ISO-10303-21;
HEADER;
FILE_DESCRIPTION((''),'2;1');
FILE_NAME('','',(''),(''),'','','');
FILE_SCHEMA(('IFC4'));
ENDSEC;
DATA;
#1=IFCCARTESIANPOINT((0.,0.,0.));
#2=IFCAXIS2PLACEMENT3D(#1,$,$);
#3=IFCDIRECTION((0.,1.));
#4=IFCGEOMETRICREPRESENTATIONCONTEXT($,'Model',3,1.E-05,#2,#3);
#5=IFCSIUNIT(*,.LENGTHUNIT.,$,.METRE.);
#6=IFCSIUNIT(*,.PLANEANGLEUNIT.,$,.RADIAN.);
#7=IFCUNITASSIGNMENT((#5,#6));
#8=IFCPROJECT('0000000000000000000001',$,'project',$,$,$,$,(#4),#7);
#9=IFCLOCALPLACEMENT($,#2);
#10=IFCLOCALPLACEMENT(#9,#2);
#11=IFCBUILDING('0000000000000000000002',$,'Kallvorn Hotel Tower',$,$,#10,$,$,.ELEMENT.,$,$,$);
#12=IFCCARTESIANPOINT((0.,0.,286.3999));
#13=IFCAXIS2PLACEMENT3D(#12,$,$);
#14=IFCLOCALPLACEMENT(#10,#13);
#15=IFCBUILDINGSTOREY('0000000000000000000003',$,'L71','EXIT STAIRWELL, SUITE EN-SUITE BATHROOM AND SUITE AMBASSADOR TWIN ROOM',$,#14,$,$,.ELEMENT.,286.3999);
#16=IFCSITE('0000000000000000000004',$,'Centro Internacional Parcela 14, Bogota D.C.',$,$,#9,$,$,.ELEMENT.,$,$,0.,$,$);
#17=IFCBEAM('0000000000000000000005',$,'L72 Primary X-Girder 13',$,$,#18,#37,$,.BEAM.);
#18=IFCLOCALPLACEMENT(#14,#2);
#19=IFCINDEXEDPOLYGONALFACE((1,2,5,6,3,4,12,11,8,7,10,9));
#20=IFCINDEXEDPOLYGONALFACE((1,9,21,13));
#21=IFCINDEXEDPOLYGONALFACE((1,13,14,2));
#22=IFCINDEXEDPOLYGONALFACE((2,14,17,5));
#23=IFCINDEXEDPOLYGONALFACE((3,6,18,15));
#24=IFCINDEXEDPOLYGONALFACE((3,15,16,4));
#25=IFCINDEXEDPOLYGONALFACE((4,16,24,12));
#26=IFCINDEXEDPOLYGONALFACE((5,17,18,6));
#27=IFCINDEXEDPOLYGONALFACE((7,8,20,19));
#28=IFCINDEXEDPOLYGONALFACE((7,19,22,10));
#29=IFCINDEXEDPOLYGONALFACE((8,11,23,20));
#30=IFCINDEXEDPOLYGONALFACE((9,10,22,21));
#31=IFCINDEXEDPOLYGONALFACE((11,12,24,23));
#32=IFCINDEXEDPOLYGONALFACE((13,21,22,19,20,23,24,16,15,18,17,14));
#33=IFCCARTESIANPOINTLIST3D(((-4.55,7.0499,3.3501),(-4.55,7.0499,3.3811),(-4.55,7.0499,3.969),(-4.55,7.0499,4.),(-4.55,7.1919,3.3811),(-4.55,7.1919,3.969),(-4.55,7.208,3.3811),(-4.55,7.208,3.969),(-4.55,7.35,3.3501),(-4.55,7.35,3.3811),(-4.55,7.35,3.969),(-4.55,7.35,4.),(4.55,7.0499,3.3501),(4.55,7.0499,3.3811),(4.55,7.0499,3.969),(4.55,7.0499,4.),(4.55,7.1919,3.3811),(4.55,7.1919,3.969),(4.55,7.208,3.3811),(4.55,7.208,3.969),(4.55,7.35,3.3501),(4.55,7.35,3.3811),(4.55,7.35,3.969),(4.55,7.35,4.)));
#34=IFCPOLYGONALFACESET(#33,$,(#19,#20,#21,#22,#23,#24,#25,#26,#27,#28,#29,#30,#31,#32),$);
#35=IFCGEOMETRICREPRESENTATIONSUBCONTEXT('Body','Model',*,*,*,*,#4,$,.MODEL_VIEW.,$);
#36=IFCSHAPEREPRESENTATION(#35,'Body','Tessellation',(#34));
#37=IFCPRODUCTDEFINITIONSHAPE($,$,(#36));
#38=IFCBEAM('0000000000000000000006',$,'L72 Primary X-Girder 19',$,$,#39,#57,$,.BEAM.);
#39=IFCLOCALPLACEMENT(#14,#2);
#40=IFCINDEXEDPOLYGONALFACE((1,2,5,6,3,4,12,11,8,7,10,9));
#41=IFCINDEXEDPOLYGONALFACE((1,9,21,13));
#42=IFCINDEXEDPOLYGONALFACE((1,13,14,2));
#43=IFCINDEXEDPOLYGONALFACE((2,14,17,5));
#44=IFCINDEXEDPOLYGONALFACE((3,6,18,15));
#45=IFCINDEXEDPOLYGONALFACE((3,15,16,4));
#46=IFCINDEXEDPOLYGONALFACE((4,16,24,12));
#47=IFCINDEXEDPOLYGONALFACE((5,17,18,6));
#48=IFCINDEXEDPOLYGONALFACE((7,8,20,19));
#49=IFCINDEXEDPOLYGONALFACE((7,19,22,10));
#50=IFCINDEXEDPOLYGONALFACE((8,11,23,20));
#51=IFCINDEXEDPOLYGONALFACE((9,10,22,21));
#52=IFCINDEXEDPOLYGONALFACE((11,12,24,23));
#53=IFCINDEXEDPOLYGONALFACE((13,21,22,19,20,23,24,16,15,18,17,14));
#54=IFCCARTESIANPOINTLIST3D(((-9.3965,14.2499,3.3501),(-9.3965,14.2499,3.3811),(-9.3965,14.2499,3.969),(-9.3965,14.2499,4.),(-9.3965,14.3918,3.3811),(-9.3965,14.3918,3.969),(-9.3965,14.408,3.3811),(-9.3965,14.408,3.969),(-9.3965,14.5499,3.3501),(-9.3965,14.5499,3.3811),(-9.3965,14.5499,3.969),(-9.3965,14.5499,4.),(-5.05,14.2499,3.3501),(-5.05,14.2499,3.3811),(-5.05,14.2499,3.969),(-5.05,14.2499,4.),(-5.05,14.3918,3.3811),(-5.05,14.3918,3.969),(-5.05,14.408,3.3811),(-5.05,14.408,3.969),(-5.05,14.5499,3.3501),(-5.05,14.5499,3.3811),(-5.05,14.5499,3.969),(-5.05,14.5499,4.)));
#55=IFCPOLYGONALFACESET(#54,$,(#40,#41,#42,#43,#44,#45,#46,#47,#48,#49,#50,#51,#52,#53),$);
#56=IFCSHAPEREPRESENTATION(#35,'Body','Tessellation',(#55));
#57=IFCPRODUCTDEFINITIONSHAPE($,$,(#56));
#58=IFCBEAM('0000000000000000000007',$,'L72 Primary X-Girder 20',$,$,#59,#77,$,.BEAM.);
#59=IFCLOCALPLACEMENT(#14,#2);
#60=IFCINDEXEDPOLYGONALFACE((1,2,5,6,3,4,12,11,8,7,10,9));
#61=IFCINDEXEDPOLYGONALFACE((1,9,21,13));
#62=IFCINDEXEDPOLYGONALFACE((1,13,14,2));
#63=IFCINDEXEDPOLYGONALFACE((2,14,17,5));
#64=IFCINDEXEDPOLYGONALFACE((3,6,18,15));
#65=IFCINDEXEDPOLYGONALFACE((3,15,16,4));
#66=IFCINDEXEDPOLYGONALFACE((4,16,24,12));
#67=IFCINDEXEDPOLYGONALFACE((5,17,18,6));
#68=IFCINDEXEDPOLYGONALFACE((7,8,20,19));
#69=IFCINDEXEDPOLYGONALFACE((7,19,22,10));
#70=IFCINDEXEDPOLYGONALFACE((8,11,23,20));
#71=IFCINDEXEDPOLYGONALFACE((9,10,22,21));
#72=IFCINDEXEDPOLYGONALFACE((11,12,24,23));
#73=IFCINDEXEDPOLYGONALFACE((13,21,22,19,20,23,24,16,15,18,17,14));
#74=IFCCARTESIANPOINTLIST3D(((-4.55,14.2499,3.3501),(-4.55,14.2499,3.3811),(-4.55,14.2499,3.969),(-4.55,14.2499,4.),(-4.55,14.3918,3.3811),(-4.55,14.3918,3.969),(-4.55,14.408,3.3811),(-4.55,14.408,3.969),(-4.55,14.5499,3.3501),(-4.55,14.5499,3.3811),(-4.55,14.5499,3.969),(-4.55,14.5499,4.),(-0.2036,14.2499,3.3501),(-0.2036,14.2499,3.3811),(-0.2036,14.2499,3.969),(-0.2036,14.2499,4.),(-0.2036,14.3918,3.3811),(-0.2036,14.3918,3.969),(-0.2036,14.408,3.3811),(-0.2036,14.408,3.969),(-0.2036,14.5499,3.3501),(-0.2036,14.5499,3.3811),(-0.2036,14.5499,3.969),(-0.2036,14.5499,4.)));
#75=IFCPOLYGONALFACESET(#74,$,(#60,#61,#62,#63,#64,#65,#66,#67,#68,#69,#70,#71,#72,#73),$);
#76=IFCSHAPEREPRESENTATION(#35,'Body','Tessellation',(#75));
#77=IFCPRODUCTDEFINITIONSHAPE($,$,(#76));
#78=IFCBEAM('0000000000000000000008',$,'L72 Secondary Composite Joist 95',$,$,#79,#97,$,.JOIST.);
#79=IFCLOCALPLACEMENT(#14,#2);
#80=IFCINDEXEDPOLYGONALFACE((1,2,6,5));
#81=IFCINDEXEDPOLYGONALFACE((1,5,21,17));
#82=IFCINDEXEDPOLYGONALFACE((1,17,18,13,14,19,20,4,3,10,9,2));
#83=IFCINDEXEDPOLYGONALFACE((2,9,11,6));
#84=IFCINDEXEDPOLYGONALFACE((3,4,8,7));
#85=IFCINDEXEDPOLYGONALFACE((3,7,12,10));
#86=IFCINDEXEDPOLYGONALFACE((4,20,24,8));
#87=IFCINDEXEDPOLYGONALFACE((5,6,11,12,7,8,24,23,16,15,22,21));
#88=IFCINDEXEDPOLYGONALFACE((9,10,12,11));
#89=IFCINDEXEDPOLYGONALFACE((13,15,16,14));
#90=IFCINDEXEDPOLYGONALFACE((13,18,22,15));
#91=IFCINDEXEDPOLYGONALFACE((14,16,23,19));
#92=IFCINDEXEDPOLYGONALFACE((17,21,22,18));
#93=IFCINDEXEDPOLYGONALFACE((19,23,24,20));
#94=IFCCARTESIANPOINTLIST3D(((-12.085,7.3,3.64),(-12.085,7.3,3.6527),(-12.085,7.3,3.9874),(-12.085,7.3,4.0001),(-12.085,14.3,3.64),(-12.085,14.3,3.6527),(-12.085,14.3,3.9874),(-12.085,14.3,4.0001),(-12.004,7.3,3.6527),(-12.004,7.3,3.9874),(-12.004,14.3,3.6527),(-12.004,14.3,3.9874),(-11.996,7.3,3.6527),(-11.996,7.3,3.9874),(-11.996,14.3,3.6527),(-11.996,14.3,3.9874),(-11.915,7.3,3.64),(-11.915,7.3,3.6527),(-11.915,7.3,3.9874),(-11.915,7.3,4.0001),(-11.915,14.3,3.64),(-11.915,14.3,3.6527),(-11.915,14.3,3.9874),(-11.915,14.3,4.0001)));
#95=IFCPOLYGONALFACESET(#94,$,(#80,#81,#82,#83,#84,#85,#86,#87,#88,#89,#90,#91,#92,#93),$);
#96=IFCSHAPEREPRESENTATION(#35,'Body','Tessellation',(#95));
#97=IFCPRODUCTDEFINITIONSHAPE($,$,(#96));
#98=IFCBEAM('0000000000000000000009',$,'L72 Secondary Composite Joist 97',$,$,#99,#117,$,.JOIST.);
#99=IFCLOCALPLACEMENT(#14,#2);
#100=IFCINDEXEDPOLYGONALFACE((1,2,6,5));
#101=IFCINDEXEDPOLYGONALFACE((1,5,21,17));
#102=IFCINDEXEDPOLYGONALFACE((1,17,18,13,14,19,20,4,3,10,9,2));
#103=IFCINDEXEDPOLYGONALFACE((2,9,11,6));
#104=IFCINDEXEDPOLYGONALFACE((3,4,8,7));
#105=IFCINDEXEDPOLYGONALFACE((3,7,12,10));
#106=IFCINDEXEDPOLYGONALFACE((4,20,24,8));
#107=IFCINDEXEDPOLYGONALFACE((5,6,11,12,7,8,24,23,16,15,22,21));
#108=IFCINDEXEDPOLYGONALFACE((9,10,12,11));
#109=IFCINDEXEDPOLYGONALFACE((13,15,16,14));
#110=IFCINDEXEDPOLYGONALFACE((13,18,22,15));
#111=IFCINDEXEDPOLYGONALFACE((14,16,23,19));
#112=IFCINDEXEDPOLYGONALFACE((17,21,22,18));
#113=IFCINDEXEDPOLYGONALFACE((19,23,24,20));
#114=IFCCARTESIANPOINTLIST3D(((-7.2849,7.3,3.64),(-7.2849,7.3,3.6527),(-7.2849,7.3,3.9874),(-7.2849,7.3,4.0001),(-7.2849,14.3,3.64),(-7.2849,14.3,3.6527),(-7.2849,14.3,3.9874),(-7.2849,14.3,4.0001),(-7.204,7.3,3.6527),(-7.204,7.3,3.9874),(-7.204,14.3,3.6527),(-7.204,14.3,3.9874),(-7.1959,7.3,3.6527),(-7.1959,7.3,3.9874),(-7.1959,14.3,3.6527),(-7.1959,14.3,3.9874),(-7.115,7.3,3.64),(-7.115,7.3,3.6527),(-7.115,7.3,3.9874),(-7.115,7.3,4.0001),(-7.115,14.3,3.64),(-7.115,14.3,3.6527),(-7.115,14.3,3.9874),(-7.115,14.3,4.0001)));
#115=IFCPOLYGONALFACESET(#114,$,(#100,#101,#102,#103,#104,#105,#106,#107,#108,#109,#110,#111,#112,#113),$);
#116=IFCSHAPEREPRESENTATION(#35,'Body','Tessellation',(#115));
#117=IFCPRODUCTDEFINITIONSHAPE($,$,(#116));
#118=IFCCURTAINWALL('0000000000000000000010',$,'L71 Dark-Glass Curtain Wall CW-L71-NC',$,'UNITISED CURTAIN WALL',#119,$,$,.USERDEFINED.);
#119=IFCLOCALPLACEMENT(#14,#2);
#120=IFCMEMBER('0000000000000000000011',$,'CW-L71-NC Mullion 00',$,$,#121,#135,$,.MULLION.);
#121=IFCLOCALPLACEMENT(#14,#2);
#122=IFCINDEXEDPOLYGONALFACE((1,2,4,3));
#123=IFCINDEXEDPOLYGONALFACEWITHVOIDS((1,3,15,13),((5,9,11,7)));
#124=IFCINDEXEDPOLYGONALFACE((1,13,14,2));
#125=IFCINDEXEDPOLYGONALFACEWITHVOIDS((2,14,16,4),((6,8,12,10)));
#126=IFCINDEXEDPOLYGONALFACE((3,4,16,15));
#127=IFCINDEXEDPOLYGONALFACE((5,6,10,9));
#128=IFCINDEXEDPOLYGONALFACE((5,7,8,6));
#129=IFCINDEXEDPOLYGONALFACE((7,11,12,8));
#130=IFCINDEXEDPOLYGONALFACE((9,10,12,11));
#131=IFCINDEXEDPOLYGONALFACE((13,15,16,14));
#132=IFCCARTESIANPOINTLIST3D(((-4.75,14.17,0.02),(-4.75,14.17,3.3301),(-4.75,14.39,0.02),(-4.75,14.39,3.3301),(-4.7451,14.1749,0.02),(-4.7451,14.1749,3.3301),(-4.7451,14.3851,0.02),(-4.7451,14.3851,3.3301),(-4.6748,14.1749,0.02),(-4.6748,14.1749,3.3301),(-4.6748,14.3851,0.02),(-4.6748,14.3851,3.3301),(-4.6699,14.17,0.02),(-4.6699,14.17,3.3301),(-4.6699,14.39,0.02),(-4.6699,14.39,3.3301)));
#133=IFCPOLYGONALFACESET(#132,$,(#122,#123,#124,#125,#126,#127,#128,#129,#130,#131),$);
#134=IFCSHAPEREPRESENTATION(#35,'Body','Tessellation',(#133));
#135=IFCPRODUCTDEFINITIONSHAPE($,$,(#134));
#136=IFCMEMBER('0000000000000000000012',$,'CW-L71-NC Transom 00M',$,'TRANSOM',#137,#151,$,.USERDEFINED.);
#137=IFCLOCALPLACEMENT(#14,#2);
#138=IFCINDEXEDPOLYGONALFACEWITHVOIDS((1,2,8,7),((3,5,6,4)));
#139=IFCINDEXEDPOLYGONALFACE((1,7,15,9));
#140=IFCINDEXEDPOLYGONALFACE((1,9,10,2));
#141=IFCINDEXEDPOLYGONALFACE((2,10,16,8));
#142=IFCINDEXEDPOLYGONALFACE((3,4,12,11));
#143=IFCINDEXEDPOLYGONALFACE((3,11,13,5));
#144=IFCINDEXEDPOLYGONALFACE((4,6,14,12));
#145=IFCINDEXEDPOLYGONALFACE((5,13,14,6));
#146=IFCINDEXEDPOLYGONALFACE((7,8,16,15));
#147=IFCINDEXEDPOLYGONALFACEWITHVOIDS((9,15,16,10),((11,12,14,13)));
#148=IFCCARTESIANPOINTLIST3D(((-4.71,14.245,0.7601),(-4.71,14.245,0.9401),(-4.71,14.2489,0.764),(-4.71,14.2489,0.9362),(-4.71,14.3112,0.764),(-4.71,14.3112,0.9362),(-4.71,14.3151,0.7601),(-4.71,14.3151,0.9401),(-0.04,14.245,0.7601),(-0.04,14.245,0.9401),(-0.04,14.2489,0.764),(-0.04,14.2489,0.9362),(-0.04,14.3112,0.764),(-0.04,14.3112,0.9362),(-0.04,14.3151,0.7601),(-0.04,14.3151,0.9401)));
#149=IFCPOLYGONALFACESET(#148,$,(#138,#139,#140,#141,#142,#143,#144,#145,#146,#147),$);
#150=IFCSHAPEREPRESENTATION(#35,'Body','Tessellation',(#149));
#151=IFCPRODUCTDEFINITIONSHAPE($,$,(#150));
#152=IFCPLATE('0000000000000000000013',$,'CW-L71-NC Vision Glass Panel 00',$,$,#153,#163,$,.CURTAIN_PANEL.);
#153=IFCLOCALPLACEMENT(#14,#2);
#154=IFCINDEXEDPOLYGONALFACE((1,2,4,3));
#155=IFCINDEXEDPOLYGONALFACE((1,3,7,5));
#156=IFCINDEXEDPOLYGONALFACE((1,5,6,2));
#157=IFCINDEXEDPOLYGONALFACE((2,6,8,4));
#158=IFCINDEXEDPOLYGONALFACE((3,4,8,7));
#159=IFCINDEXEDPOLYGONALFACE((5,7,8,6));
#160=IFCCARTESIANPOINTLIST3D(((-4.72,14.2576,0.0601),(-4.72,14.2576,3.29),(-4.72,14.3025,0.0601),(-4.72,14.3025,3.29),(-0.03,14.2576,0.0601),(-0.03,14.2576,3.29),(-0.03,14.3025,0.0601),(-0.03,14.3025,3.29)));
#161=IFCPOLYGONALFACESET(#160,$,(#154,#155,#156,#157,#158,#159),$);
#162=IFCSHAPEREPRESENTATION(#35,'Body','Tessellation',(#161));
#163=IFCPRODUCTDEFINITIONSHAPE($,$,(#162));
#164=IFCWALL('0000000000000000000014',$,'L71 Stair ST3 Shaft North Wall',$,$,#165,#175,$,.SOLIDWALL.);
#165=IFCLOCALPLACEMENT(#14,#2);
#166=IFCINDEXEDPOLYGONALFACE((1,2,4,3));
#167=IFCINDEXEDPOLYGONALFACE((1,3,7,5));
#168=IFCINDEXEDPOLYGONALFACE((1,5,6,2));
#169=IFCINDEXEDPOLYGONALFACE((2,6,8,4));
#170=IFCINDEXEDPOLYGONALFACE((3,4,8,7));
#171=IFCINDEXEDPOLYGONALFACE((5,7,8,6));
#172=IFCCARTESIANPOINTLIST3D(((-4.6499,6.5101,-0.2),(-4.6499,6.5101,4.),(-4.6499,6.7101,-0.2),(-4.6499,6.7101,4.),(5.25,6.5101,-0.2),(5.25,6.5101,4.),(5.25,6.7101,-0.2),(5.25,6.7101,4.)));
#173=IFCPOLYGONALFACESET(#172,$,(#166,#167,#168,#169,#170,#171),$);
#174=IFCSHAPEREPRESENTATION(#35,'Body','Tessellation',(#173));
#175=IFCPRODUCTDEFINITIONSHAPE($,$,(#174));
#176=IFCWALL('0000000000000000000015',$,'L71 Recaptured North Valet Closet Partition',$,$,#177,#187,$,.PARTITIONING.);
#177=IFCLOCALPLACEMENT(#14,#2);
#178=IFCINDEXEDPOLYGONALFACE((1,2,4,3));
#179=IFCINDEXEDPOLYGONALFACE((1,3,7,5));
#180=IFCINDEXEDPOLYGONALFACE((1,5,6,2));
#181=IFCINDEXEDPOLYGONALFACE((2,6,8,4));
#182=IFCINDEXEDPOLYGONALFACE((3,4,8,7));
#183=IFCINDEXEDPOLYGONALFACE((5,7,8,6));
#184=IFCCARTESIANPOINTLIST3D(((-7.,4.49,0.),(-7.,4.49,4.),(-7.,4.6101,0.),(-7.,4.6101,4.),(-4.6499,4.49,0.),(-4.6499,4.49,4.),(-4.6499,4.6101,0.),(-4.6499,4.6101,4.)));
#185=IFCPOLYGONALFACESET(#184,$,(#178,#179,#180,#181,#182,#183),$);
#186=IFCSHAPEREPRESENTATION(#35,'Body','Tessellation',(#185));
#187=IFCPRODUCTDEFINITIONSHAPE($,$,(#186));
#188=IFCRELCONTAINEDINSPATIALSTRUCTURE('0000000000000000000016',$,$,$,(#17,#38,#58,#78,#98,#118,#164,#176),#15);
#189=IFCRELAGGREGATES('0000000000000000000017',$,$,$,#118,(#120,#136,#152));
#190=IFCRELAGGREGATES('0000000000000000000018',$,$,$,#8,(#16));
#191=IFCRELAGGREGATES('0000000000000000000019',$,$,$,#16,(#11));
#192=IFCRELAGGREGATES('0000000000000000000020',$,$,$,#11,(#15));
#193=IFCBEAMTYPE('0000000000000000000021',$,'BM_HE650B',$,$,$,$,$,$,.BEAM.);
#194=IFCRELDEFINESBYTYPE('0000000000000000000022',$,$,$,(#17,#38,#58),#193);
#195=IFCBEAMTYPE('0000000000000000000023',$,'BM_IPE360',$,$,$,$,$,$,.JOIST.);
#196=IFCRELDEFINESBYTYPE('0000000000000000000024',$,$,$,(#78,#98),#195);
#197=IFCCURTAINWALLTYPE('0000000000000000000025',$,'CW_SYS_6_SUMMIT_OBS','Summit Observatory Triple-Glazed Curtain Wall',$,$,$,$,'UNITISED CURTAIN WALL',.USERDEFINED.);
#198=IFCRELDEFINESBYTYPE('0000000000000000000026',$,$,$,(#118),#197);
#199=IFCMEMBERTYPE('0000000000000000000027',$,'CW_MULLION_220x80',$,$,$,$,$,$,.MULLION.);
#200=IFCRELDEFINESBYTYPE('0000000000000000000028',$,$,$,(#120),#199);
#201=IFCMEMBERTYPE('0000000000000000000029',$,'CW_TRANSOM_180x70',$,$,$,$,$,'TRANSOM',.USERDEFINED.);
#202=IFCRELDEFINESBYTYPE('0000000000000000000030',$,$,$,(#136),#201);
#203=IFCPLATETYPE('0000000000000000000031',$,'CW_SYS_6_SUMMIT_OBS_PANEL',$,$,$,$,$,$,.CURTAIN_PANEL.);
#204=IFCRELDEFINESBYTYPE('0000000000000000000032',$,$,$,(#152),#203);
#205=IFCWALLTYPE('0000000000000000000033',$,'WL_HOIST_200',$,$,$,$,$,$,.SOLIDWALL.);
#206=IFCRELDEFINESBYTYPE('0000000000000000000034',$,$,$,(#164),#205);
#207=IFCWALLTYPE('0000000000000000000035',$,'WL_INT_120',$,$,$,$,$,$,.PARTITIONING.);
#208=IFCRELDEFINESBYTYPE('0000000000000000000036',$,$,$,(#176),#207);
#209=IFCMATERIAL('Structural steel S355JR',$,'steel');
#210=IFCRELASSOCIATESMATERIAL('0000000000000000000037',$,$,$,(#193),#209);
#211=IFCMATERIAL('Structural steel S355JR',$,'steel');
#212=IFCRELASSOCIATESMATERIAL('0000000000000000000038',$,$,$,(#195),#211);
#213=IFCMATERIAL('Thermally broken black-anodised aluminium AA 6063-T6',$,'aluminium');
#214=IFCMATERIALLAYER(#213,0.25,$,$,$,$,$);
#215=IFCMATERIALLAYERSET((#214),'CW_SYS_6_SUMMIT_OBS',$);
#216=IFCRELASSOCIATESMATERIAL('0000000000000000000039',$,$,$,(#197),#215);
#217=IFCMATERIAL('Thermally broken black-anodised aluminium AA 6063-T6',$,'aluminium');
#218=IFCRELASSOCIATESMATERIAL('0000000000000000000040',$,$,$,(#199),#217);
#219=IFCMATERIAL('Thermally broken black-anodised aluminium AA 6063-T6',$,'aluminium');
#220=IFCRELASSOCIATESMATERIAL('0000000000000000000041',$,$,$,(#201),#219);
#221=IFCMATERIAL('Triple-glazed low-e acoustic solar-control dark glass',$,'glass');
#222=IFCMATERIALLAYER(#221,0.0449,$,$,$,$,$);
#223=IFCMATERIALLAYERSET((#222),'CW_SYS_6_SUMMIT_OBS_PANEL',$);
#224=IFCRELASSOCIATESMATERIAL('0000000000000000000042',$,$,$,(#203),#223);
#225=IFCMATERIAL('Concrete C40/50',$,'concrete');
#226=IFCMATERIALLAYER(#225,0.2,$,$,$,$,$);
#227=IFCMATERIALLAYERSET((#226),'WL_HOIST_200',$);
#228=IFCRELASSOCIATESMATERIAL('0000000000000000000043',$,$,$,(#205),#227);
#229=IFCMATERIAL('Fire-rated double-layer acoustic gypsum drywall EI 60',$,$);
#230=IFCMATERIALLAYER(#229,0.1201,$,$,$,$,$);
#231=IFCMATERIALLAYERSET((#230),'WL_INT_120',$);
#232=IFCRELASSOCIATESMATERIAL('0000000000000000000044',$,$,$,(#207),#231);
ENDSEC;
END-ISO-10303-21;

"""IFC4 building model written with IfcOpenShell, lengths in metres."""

from ifc_helpers import new_model, si_unit, direction, frame, frame_2d, origin, origin_2d, place, context, subcontext, project, spatial, rectangle, hollow_rectangle, i_section, extrude, material, layer, layer_set, material_profile, profile_set, type_object, element, aggregate, save


model = new_model("IFC4")

# Units and contexts
model_context = context("Model", 3, precision=1e-05, world=origin(), true_north=direction((0.0, 1.0)))
body_context = subcontext(model_context, "Body", "Model", "MODEL_VIEW")
ifc_project = project(units=[si_unit("LENGTHUNIT", "METRE"), si_unit("PLANEANGLEUNIT", "RADIAN")], contexts=[model_context])

# Site, building, storey
site_placement = place(None, origin())
site = spatial("IfcSite", under=ifc_project, at=site_placement, Name="Centro Internacional Parcela 14, Bogota D.C.", CompositionType="ELEMENT", RefElevation=0.0)
building_placement = place(site_placement, origin())
building = spatial("IfcBuilding", under=site, at=building_placement, Name="Kallvorn Hotel Tower", CompositionType="ELEMENT")
storey_placement = place(building_placement, frame((0.0, 0.0, 286.3999)))
storey = spatial("IfcBuildingStorey", under=building, at=storey_placement, Name="L71", Description="EXIT STAIRWELL, SUITE EN-SUITE BATHROOM AND SUITE AMBASSADOR TWIN ROOM", CompositionType="ELEMENT", Elevation=286.3999)

# Beams
ifc_material_1 = material(Name="Structural steel S355JR", Category="steel")
ifc_material_profile_1 = material_profile(ifc_material_1, i_section(OverallWidth=0.3, OverallDepth=0.6499, WebThickness=0.0161, FlangeThickness=0.031, at=origin_2d()), Name="HE 650 B")
ifc_profile_set_1 = profile_set([ifc_material_profile_1], Name="Structural steel S355JR")
beam_type_1 = type_object("IfcBeamType", Name="BM_HE650B", PredefinedType="BEAM", material=ifc_profile_set_1)
beam_1_placement = place(storey_placement, frame((-4.55, 7.2, 3.675), z_axis=(1.0, 0.0, 0.0), x_axis=(0.0, 1.0, 0.0)))
element("IfcBeam", 1, at=beam_1_placement, inside=storey, type_object=beam_type_1, Name="L72 Primary X-Girder 13", PredefinedType="BEAM", context=body_context, shape_type="SweptSolid", body=[
    extrude(i_section(OverallWidth=0.3, OverallDepth=0.6499, WebThickness=0.0161, FlangeThickness=0.031, at=origin_2d()), origin(), (0.0, 0.0, 1.0), 9.1001),
])
for number, where, z_axis, x_axis, name in (
    (2, (-9.3965, 14.3999, 3.675), (1.0, 0.0, 0.0), (0.0, 1.0, 0.0), "L72 Primary X-Girder 19"),
    (3, (-4.55, 14.3999, 3.675), (1.0, 0.0, 0.0), (0.0, 1.0, 0.0), "L72 Primary X-Girder 20"),
):
    element("IfcBeam", number, at=place(storey_placement, frame(where, z_axis=z_axis, x_axis=x_axis)), inside=storey, type_object=beam_type_1, Name=name, PredefinedType="BEAM", context=body_context, shape_type="SweptSolid", body=[
        extrude(i_section(OverallWidth=0.3, OverallDepth=0.6499, WebThickness=0.0161, FlangeThickness=0.031, at=origin_2d()), origin(), (0.0, 0.0, 1.0), 4.3464),
    ])
ifc_material_2 = material(Name="Structural steel S355JR", Category="steel")
ifc_material_profile_2 = material_profile(ifc_material_2, i_section(OverallWidth=0.1699, OverallDepth=0.3601, WebThickness=0.0081, FlangeThickness=0.0127, at=origin_2d()), Name="IPE 360")
ifc_profile_set_2 = profile_set([ifc_material_profile_2], Name="Structural steel S355JR")
beam_type_2 = type_object("IfcBeamType", Name="BM_IPE360", PredefinedType="JOIST", material=ifc_profile_set_2)
for number, where, z_axis, x_axis, name in (
    (4, (-12.0, 7.3, 3.8201), (0.0, 1.0, 0.0), (-1.0, 0.0, 0.0), "L72 Secondary Composite Joist 95"),
    (5, (-7.2, 7.3, 3.8201), (0.0, 1.0, 0.0), (-1.0, 0.0, 0.0), "L72 Secondary Composite Joist 97"),
):
    element("IfcBeam", number, at=place(storey_placement, frame(where, z_axis=z_axis, x_axis=x_axis)), inside=storey, type_object=beam_type_2, Name=name, PredefinedType="JOIST", context=body_context, shape_type="SweptSolid", body=[
        extrude(i_section(OverallWidth=0.1699, OverallDepth=0.3601, WebThickness=0.0081, FlangeThickness=0.0127, at=origin_2d()), origin(), (0.0, 0.0, 1.0), 7.0),
    ])

# Curtain wall, members, plate
ifc_material_3 = material(Name="Thermally broken black-anodised aluminium AA 6063-T6", Category="aluminium")
ifc_layer_1 = layer(ifc_material_3, 0.25)
ifc_layer_set_1 = layer_set([ifc_layer_1], Name="CW_SYS_6_SUMMIT_OBS")
curtain_wall_type = type_object("IfcCurtainWallType", Name="CW_SYS_6_SUMMIT_OBS", Description="Summit Observatory Triple-Glazed Curtain Wall", ElementType="UNITISED CURTAIN WALL", PredefinedType="USERDEFINED", material=ifc_layer_set_1)
curtain_wall_placement = place(storey_placement, origin())
curtain_wall = element("IfcCurtainWall", 6, at=curtain_wall_placement, inside=storey, type_object=curtain_wall_type, Name="L71 Dark-Glass Curtain Wall CW-L71-NC", ObjectType="UNITISED CURTAIN WALL", PredefinedType="USERDEFINED")
ifc_material_4 = material(Name="Thermally broken black-anodised aluminium AA 6063-T6", Category="aluminium")
ifc_material_profile_3 = material_profile(ifc_material_4, hollow_rectangle(XDim=0.0801, YDim=0.22, WallThickness=0.0049, at=origin_2d()), Name="MUL 220x80")
ifc_profile_set_3 = profile_set([ifc_material_profile_3], Name="Thermally broken black-anodised aluminium AA 6063-T6")
member_type_1 = type_object("IfcMemberType", Name="CW_MULLION_220x80", PredefinedType="MULLION", material=ifc_profile_set_3)
member_1_placement = place(storey_placement, frame((-4.71, 14.28, 0.02), z_axis=(0.0, 0.0, 1.0), x_axis=(1.0, 0.0, 0.0)))
member_1 = element("IfcMember", 7, at=member_1_placement, type_object=member_type_1, Name="CW-L71-NC Mullion 00", PredefinedType="MULLION", context=body_context, shape_type="SweptSolid", body=[
    extrude(hollow_rectangle(XDim=0.0801, YDim=0.22, WallThickness=0.0049, at=origin_2d()), origin(), (0.0, 0.0, 1.0), 3.3101),
])
ifc_material_5 = material(Name="Thermally broken black-anodised aluminium AA 6063-T6", Category="aluminium")
ifc_material_profile_4 = material_profile(ifc_material_5, hollow_rectangle(XDim=0.0701, YDim=0.1799, WallThickness=0.0039, at=origin_2d()), Name="TRN 180x70")
ifc_profile_set_4 = profile_set([ifc_material_profile_4], Name="Thermally broken black-anodised aluminium AA 6063-T6")
member_type_2 = type_object("IfcMemberType", Name="CW_TRANSOM_180x70", ElementType="TRANSOM", PredefinedType="USERDEFINED", material=ifc_profile_set_4)
member_2_placement = place(storey_placement, frame((-4.71, 14.28, 0.8501), z_axis=(1.0, 0.0, 0.0), x_axis=(0.0, 1.0, 0.0)))
member_2 = element("IfcMember", 8, at=member_2_placement, type_object=member_type_2, Name="CW-L71-NC Transom 00M", ObjectType="TRANSOM", PredefinedType="USERDEFINED", context=body_context, shape_type="SweptSolid", body=[
    extrude(hollow_rectangle(XDim=0.0701, YDim=0.1799, WallThickness=0.0039, at=origin_2d()), origin(), (0.0, 0.0, 1.0), 4.6699),
])
ifc_material_6 = material(Name="Triple-glazed low-e acoustic solar-control dark glass", Category="glass")
ifc_layer_2 = layer(ifc_material_6, 0.0449)
ifc_layer_set_2 = layer_set([ifc_layer_2], Name="CW_SYS_6_SUMMIT_OBS_PANEL")
plate_type = type_object("IfcPlateType", Name="CW_SYS_6_SUMMIT_OBS_PANEL", PredefinedType="CURTAIN_PANEL", material=ifc_layer_set_2)
plate_placement = place(storey_placement, frame((-2.375, 14.28, 0.0601), z_axis=(0.0, 0.0, 1.0), x_axis=(1.0, 0.0, 0.0)))
plate = element("IfcPlate", 9, at=plate_placement, type_object=plate_type, Name="CW-L71-NC Vision Glass Panel 00", PredefinedType="CURTAIN_PANEL", context=body_context, shape_type="SweptSolid", body=[
    extrude(rectangle(XDim=4.6899, YDim=0.0449, at=origin_2d()), origin(), (0.0, 0.0, 1.0), 3.23),
])
aggregate(curtain_wall, [member_1, member_2, plate])

# Walls
ifc_material_7 = material(Name="Concrete C40/50", Category="concrete")
ifc_layer_3 = layer(ifc_material_7, 0.2)
ifc_layer_set_3 = layer_set([ifc_layer_3], Name="WL_HOIST_200")
wall_type_1 = type_object("IfcWallType", Name="WL_HOIST_200", PredefinedType="SOLIDWALL", material=ifc_layer_set_3)
wall_1_placement = place(storey_placement, frame((-4.6499, 6.6101, -0.2), z_axis=(0.0, 0.0, 1.0), x_axis=(1.0, 0.0, 0.0)))
element("IfcWall", 10, at=wall_1_placement, inside=storey, type_object=wall_type_1, Name="L71 Stair ST3 Shaft North Wall", PredefinedType="SOLIDWALL", context=body_context, shape_type="SweptSolid", body=[
    extrude(rectangle(XDim=9.8999, YDim=0.2, at=frame_2d((4.95, 0.0))), origin(), (0.0, 0.0, 1.0), 4.2),
])
ifc_material_8 = material(Name="Fire-rated double-layer acoustic gypsum drywall EI 60")
ifc_layer_4 = layer(ifc_material_8, 0.1201)
ifc_layer_set_4 = layer_set([ifc_layer_4], Name="WL_INT_120")
wall_type_2 = type_object("IfcWallType", Name="WL_INT_120", PredefinedType="PARTITIONING", material=ifc_layer_set_4)
wall_2_placement = place(storey_placement, frame((-7.0, 4.55, 0.0), z_axis=(0.0, 0.0, 1.0), x_axis=(1.0, 0.0, 0.0)))
element("IfcWall", 11, at=wall_2_placement, inside=storey, type_object=wall_type_2, Name="L71 Recaptured North Valet Closet Partition", PredefinedType="PARTITIONING", context=body_context, shape_type="SweptSolid", body=[
    extrude(rectangle(XDim=2.3501, YDim=0.1201, at=frame_2d((1.175, 0.0))), origin(), (0.0, 0.0, 1.0), 4.0),
])

save(model, "model.ifc")
